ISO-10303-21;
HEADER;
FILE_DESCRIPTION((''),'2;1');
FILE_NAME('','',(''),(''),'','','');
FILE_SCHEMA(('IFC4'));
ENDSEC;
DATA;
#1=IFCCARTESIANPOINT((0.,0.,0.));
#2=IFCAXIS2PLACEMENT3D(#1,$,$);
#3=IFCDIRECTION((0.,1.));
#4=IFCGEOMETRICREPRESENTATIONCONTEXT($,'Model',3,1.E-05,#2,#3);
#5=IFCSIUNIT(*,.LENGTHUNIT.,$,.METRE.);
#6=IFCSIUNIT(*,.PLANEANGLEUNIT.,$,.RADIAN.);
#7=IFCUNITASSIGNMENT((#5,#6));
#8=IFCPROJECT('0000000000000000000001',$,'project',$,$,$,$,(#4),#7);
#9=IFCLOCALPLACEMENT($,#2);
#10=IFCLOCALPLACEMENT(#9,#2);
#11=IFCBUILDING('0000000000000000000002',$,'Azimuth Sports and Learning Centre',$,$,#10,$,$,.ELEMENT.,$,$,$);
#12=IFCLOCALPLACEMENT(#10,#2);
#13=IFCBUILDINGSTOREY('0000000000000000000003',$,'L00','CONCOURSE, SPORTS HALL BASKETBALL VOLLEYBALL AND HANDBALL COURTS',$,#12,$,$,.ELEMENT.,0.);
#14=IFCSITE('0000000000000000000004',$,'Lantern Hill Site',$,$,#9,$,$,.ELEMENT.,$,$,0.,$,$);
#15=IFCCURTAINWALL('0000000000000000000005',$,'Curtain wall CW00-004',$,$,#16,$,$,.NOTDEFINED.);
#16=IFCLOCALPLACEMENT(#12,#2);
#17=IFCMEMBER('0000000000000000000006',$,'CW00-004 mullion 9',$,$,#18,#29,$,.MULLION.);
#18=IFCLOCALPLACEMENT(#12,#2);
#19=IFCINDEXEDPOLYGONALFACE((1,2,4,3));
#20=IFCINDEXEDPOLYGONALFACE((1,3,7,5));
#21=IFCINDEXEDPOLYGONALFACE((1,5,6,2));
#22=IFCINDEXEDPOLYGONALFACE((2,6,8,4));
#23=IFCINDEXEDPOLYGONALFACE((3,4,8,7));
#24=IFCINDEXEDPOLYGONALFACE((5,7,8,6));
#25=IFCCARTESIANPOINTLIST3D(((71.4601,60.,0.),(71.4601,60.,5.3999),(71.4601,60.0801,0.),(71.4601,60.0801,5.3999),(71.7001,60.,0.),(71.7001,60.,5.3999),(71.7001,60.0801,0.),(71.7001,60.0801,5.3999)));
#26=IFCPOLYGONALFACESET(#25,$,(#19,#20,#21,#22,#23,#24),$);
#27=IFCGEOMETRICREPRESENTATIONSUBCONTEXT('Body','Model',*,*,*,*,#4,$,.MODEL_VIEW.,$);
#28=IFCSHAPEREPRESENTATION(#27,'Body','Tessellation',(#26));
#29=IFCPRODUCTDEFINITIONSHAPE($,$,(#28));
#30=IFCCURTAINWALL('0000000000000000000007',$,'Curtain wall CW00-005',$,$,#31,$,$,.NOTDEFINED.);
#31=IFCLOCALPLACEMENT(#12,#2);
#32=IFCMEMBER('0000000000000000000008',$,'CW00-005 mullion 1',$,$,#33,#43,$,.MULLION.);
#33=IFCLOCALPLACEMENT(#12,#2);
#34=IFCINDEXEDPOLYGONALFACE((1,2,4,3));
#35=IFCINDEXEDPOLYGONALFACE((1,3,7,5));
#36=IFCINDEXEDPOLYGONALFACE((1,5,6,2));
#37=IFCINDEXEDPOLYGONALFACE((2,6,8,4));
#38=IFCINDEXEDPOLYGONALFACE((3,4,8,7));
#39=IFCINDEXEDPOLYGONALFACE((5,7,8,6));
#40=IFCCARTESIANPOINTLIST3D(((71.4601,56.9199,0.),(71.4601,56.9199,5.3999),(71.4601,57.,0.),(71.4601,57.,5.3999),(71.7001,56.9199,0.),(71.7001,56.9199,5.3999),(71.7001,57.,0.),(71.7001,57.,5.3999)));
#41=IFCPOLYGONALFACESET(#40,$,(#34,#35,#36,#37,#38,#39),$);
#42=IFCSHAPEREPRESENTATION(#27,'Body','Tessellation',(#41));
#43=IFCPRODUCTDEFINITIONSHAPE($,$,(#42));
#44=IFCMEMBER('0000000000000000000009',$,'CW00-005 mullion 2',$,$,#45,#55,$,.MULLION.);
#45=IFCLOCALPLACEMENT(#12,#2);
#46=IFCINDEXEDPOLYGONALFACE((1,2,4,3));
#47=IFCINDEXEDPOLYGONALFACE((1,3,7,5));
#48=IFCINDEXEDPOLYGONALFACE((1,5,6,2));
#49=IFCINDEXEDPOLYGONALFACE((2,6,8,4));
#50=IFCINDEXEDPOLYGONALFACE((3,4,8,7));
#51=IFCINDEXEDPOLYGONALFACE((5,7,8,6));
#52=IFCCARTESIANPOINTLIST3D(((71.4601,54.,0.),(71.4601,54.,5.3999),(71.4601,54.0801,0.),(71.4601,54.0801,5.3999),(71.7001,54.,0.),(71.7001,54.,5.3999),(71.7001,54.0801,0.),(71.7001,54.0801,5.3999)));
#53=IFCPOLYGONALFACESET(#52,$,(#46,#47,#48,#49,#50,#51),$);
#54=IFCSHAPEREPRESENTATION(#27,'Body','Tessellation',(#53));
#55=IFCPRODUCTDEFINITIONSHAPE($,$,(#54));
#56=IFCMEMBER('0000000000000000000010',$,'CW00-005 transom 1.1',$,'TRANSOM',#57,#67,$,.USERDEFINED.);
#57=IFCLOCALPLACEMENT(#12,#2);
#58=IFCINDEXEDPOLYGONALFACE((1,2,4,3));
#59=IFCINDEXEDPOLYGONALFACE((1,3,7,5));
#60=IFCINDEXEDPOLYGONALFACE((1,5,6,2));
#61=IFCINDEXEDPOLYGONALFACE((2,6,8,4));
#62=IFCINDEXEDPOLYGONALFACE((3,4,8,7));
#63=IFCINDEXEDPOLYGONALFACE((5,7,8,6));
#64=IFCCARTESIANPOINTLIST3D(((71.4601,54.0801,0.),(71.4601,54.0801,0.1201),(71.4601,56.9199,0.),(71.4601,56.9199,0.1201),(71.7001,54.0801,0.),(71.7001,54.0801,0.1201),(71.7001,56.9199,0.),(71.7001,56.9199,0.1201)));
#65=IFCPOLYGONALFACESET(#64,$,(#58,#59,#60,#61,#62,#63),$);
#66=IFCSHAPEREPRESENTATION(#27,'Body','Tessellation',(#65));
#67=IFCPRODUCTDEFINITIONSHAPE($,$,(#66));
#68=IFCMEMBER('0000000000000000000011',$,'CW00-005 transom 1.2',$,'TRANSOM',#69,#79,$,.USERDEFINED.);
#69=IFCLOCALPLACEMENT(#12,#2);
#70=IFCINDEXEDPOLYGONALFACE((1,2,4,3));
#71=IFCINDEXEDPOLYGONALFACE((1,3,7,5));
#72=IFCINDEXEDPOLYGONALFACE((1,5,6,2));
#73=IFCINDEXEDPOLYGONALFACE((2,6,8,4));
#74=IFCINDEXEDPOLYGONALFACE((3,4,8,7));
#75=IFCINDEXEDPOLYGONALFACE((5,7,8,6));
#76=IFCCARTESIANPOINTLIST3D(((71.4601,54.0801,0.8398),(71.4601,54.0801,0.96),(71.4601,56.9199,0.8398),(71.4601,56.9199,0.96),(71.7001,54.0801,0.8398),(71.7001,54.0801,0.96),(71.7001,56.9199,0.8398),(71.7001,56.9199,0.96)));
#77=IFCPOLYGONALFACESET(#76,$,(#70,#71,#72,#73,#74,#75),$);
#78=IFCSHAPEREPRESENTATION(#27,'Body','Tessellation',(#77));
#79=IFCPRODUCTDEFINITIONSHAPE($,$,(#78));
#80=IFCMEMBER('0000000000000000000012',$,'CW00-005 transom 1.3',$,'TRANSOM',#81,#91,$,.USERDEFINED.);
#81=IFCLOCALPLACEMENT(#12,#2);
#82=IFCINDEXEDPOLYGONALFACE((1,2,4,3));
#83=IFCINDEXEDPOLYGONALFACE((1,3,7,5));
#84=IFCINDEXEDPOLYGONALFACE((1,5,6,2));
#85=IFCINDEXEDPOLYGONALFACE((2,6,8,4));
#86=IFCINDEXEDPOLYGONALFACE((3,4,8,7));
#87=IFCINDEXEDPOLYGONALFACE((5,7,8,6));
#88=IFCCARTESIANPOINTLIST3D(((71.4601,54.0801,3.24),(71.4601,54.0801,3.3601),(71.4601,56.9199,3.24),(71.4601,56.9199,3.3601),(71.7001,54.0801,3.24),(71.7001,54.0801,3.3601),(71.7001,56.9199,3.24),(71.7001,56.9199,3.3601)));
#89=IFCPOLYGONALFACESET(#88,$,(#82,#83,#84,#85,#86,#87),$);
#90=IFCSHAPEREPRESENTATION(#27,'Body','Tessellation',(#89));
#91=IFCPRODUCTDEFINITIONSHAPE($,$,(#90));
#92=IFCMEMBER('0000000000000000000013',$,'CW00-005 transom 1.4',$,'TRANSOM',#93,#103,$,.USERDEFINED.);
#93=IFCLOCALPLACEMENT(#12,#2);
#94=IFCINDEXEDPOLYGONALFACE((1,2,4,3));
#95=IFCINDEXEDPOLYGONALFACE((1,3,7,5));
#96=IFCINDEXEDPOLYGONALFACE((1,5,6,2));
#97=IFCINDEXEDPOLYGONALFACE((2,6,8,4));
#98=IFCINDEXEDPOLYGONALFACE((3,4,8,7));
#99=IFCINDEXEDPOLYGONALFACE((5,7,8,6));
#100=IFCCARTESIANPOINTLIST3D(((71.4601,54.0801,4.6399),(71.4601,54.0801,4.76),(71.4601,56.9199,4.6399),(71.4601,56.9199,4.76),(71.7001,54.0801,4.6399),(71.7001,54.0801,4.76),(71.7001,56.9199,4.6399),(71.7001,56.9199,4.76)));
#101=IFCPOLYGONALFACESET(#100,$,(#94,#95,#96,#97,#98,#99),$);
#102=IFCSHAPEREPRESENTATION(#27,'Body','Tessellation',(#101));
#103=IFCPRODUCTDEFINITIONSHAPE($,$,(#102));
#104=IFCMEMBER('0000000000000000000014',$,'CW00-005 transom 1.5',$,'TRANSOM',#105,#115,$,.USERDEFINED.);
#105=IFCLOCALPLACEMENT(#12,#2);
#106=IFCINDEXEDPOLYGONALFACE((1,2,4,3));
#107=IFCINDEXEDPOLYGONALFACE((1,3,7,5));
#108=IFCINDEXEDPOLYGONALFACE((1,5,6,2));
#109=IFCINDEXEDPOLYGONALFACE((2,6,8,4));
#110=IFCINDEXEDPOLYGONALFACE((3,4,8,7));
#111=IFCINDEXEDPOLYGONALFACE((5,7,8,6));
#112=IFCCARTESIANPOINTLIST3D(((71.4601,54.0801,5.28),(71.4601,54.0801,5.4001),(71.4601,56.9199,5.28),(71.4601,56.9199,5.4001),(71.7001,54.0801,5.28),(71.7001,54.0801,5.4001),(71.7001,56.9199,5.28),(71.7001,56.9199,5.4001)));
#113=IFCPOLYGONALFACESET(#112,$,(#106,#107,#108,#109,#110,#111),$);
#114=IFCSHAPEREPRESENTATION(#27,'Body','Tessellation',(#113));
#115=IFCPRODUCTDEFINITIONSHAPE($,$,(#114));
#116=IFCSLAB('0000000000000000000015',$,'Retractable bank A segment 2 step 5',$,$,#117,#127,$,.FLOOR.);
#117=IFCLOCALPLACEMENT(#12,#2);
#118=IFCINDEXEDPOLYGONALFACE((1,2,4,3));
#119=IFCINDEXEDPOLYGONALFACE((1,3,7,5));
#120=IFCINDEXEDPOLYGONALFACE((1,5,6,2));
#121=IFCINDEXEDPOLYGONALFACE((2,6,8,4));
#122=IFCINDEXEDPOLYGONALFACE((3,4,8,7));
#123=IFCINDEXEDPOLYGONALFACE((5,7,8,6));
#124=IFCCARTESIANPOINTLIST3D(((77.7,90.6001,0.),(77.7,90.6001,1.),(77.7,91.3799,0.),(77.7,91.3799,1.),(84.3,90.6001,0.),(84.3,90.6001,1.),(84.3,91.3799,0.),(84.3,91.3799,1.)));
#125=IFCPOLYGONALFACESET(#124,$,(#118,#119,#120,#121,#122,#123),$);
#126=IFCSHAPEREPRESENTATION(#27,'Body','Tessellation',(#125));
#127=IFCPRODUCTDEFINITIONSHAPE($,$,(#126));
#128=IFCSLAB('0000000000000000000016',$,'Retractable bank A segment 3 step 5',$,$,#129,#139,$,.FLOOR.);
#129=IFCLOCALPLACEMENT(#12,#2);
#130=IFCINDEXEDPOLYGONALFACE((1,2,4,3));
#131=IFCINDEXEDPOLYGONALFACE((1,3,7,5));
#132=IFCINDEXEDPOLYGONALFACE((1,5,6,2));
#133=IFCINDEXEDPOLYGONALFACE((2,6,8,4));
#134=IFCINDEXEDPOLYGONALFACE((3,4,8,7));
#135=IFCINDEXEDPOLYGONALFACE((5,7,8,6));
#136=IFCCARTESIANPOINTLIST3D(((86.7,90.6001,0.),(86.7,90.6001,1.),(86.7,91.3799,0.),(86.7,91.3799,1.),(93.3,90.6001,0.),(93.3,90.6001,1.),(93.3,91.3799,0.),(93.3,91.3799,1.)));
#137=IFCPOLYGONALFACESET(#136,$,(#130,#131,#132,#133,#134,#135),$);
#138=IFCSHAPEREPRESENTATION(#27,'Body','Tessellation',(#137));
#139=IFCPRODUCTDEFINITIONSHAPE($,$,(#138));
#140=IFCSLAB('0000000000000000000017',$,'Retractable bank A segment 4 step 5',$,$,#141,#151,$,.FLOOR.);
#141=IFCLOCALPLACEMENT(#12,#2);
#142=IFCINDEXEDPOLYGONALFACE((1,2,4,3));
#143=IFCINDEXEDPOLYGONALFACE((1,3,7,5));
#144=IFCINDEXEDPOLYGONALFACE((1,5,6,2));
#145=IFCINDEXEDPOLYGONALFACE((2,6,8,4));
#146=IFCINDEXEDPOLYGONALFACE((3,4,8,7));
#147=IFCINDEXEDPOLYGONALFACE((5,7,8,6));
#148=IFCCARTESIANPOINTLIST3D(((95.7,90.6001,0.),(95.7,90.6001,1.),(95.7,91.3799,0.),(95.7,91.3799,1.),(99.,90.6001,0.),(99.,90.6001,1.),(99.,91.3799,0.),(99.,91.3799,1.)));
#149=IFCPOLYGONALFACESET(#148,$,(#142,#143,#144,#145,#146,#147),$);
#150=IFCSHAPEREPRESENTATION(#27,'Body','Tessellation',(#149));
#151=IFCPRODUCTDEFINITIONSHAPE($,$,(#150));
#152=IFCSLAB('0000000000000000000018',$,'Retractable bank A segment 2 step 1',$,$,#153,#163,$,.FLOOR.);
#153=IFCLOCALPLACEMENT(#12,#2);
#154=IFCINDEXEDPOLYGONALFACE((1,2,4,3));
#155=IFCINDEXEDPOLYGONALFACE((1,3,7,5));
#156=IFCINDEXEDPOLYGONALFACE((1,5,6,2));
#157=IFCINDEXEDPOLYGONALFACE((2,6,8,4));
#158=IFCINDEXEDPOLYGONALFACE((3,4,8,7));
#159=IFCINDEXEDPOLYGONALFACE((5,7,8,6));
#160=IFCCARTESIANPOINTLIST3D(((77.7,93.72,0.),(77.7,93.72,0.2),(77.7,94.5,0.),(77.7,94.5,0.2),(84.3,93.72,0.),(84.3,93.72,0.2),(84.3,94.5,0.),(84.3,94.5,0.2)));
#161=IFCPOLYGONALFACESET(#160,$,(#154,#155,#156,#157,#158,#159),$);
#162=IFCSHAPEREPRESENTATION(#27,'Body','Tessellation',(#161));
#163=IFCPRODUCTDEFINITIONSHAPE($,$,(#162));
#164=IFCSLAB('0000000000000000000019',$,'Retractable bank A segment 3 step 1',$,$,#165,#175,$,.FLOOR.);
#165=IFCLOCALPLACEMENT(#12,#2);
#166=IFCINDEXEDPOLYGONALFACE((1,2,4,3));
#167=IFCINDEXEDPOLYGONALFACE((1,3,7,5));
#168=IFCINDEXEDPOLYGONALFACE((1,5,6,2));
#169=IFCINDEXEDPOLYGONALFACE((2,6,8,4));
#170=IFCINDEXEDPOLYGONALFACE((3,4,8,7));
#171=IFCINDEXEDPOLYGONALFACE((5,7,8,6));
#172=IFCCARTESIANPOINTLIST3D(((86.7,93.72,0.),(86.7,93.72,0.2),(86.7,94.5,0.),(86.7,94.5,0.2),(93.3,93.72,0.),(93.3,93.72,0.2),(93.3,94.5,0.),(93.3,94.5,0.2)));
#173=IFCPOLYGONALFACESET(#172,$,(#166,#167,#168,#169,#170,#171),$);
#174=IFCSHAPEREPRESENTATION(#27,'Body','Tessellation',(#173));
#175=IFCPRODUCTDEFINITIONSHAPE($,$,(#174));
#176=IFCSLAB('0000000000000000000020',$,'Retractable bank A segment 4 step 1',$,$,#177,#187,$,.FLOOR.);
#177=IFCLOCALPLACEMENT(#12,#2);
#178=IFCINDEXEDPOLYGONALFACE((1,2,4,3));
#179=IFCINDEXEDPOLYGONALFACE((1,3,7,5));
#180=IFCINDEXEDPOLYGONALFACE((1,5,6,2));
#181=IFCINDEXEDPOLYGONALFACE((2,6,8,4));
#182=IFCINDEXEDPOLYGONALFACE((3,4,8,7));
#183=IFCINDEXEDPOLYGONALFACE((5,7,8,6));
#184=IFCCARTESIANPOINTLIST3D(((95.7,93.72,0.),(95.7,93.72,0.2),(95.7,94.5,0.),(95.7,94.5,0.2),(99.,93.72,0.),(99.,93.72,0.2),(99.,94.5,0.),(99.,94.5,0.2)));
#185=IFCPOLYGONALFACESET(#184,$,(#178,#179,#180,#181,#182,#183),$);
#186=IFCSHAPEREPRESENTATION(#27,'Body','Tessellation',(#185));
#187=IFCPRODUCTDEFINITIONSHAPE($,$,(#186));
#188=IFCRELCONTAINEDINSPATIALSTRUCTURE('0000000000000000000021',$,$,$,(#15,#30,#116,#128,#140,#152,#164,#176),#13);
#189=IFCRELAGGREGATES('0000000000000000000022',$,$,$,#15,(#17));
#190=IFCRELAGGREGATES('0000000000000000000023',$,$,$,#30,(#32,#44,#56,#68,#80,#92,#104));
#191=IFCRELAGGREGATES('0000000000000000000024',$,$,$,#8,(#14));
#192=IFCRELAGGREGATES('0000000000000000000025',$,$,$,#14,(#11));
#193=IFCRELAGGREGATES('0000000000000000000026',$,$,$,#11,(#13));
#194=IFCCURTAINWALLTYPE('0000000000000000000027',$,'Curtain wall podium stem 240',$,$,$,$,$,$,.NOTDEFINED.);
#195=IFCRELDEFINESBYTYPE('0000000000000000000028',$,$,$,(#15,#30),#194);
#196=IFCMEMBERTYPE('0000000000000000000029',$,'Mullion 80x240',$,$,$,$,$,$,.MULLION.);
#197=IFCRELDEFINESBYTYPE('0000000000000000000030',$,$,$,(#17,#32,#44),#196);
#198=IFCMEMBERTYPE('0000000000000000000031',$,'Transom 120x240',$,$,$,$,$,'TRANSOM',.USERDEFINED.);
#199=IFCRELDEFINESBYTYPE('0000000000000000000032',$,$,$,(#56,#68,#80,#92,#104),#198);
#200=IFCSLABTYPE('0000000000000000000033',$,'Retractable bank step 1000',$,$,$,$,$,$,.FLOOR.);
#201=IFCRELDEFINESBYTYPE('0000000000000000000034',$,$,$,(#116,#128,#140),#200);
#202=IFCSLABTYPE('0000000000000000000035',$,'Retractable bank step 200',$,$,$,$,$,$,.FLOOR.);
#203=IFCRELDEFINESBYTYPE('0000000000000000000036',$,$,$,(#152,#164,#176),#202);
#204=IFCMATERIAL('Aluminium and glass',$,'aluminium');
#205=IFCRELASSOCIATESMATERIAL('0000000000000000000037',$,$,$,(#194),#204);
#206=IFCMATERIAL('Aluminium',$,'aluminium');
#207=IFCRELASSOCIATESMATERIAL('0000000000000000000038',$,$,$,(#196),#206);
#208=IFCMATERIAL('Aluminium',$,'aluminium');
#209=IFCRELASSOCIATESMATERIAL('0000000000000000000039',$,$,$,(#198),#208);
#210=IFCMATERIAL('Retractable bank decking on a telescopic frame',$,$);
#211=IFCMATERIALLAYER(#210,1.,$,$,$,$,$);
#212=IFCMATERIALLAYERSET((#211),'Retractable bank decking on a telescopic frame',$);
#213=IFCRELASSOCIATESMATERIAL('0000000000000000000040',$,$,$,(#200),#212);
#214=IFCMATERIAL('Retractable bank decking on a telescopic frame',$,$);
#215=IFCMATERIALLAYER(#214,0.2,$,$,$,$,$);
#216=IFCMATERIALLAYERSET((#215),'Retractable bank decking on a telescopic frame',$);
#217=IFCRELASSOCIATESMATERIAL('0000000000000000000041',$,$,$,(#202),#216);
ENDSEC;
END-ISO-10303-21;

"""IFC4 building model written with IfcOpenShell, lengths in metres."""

from ifc_helpers import new_model, si_unit, direction, frame, origin, origin_2d, place, context, subcontext, project, spatial, polyline, rectangle, outline, extrude, material, layer, layer_set, material_profile, profile_set, type_object, element, aggregate, save


model = new_model("IFC4")

# Units and contexts
model_context = context("Model", 3, precision=1e-05, world=origin(), true_north=direction((0.0, 1.0)))
body_context = subcontext(model_context, "Body", "Model", "MODEL_VIEW")
ifc_project = project(units=[si_unit("LENGTHUNIT", "METRE"), si_unit("PLANEANGLEUNIT", "RADIAN")], contexts=[model_context])

# Site, building, storey
site_placement = place(None, origin())
site = spatial("IfcSite", under=ifc_project, at=site_placement, Name="Lantern Hill Site", CompositionType="ELEMENT", RefElevation=0.0)
building_placement = place(site_placement, origin())
building = spatial("IfcBuilding", under=site, at=building_placement, Name="Azimuth Sports and Learning Centre", CompositionType="ELEMENT")
storey_placement = place(building_placement, origin())
storey = spatial("IfcBuildingStorey", under=building, at=storey_placement, Name="L00", Description="CONCOURSE, SPORTS HALL BASKETBALL VOLLEYBALL AND HANDBALL COURTS", CompositionType="ELEMENT", Elevation=0.0)

# Curtain wall, member
ifc_material_1 = material(Name="Aluminium and glass", Category="aluminium")
curtain_wall_type = type_object("IfcCurtainWallType", Name="Curtain wall podium stem 240", PredefinedType="NOTDEFINED", material=ifc_material_1)
curtain_wall_1_placement = place(storey_placement, origin())
curtain_wall_1 = element("IfcCurtainWall", 1, at=curtain_wall_1_placement, inside=storey, type_object=curtain_wall_type, Name="Curtain wall CW00-004", PredefinedType="NOTDEFINED")
ifc_material_2 = material(Name="Aluminium", Category="aluminium")
ifc_material_profile_1 = material_profile(ifc_material_2, rectangle(XDim=0.24, YDim=0.0801, at=origin_2d()), Name="Mullion 80x240")
ifc_profile_set_1 = profile_set([ifc_material_profile_1], Name="Aluminium")
member_type_1 = type_object("IfcMemberType", Name="Mullion 80x240", PredefinedType="MULLION", material=ifc_profile_set_1)
member_1_placement = place(storey_placement, frame((71.5801, 60.04, 0.0), z_axis=(0.0, 0.0, 1.0), x_axis=(1.0, 0.0, 0.0)))
member_1 = element("IfcMember", 2, at=member_1_placement, type_object=member_type_1, Name="CW00-004 mullion 9", PredefinedType="MULLION", context=body_context, shape_type="SweptSolid", body=[
    extrude(rectangle(XDim=0.24, YDim=0.0801, at=origin_2d()), origin(), (0.0, 0.0, 1.0), 5.3999),
])

# Curtain wall, members
curtain_wall_2_placement = place(storey_placement, origin())
curtain_wall_2 = element("IfcCurtainWall", 3, at=curtain_wall_2_placement, inside=storey, type_object=curtain_wall_type, Name="Curtain wall CW00-005", PredefinedType="NOTDEFINED")
member_2_placement = place(storey_placement, frame((71.5801, 56.96, 0.0), z_axis=(0.0, 0.0, 1.0), x_axis=(1.0, 0.0, 0.0)))
member_2 = element("IfcMember", 4, at=member_2_placement, type_object=member_type_1, Name="CW00-005 mullion 1", PredefinedType="MULLION", context=body_context, shape_type="SweptSolid", body=[
    extrude(rectangle(XDim=0.24, YDim=0.0801, at=origin_2d()), origin(), (0.0, 0.0, 1.0), 5.3999),
])
member_3_placement = place(storey_placement, frame((71.5801, 54.04, 0.0), z_axis=(0.0, 0.0, 1.0), x_axis=(1.0, 0.0, 0.0)))
member_3 = element("IfcMember", 5, at=member_3_placement, type_object=member_type_1, Name="CW00-005 mullion 2", PredefinedType="MULLION", context=body_context, shape_type="SweptSolid", body=[
    extrude(rectangle(XDim=0.24, YDim=0.0801, at=origin_2d()), origin(), (0.0, 0.0, 1.0), 5.3999),
])
ifc_material_3 = material(Name="Aluminium", Category="aluminium")
ifc_material_profile_2 = material_profile(ifc_material_3, rectangle(XDim=0.24, YDim=0.1201, at=origin_2d()), Name="Transom 120x240")
ifc_profile_set_2 = profile_set([ifc_material_profile_2], Name="Aluminium")
member_type_2 = type_object("IfcMemberType", Name="Transom 120x240", ElementType="TRANSOM", PredefinedType="USERDEFINED", material=ifc_profile_set_2)
member_4_placement = place(storey_placement, frame((71.5801, 56.9199, 0.0601), z_axis=(0.0, -1.0, 0.0), x_axis=(1.0, 0.0, 0.0)))
member_4 = element("IfcMember", 6, at=member_4_placement, type_object=member_type_2, Name="CW00-005 transom 1.1", ObjectType="TRANSOM", PredefinedType="USERDEFINED", context=body_context, shape_type="SweptSolid", body=[
    extrude(rectangle(XDim=0.24, YDim=0.1201, at=origin_2d()), origin(), (0.0, 0.0, 1.0), 2.8398),
])
member_5_placement = place(storey_placement, frame((71.5801, 56.9199, 0.8999), z_axis=(0.0, -1.0, 0.0), x_axis=(1.0, 0.0, 0.0)))
member_5 = element("IfcMember", 7, at=member_5_placement, type_object=member_type_2, Name="CW00-005 transom 1.2", ObjectType="TRANSOM", PredefinedType="USERDEFINED", context=body_context, shape_type="SweptSolid", body=[
    extrude(rectangle(XDim=0.24, YDim=0.1201, at=origin_2d()), origin(), (0.0, 0.0, 1.0), 2.8398),
])
member_6_placement = place(storey_placement, frame((71.5801, 56.9199, 3.3), z_axis=(0.0, -1.0, 0.0), x_axis=(1.0, 0.0, 0.0)))
member_6 = element("IfcMember", 8, at=member_6_placement, type_object=member_type_2, Name="CW00-005 transom 1.3", ObjectType="TRANSOM", PredefinedType="USERDEFINED", context=body_context, shape_type="SweptSolid", body=[
    extrude(rectangle(XDim=0.24, YDim=0.1201, at=origin_2d()), origin(), (0.0, 0.0, 1.0), 2.8398),
])
member_7_placement = place(storey_placement, frame((71.5801, 56.9199, 4.7), z_axis=(0.0, -1.0, 0.0), x_axis=(1.0, 0.0, 0.0)))
member_7 = element("IfcMember", 9, at=member_7_placement, type_object=member_type_2, Name="CW00-005 transom 1.4", ObjectType="TRANSOM", PredefinedType="USERDEFINED", context=body_context, shape_type="SweptSolid", body=[
    extrude(rectangle(XDim=0.24, YDim=0.1201, at=origin_2d()), origin(), (0.0, 0.0, 1.0), 2.8398),
])
member_8_placement = place(storey_placement, frame((71.5801, 56.9199, 5.3401), z_axis=(0.0, -1.0, 0.0), x_axis=(1.0, 0.0, 0.0)))
member_8 = element("IfcMember", 10, at=member_8_placement, type_object=member_type_2, Name="CW00-005 transom 1.5", ObjectType="TRANSOM", PredefinedType="USERDEFINED", context=body_context, shape_type="SweptSolid", body=[
    extrude(rectangle(XDim=0.24, YDim=0.1201, at=origin_2d()), origin(), (0.0, 0.0, 1.0), 2.8398),
])

# Slabs
ifc_material_4 = material(Name="Retractable bank decking on a telescopic frame")
ifc_layer_1 = layer(ifc_material_4, 1.0)
ifc_layer_set_1 = layer_set([ifc_layer_1], Name="Retractable bank decking on a telescopic frame")
slab_type_1 = type_object("IfcSlabType", Name="Retractable bank step 1000", PredefinedType="FLOOR", material=ifc_layer_set_1)
slab_1_placement = place(storey_placement, origin())
element("IfcSlab", 11, at=slab_1_placement, inside=storey, type_object=slab_type_1, Name="Retractable bank A segment 2 step 5", PredefinedType="FLOOR", context=body_context, shape_type="SweptSolid", body=[
    extrude(outline(polyline([(77.7, 90.6001), (84.3, 90.6001), (84.3, 91.3799), (77.7, 91.3799), (77.7, 90.6001)])), origin(), (0.0, 0.0, 1.0), 1.0),
])
slab_2_placement = place(storey_placement, origin())
element("IfcSlab", 12, at=slab_2_placement, inside=storey, type_object=slab_type_1, Name="Retractable bank A segment 3 step 5", PredefinedType="FLOOR", context=body_context, shape_type="SweptSolid", body=[
    extrude(outline(polyline([(86.7, 90.6001), (93.3, 90.6001), (93.3, 91.3799), (86.7, 91.3799), (86.7, 90.6001)])), origin(), (0.0, 0.0, 1.0), 1.0),
])
slab_3_placement = place(storey_placement, origin())
element("IfcSlab", 13, at=slab_3_placement, inside=storey, type_object=slab_type_1, Name="Retractable bank A segment 4 step 5", PredefinedType="FLOOR", context=body_context, shape_type="SweptSolid", body=[
    extrude(outline(polyline([(95.7, 90.6001), (99.0, 90.6001), (99.0, 91.3799), (95.7, 91.3799), (95.7, 90.6001)])), origin(), (0.0, 0.0, 1.0), 1.0),
])
ifc_material_5 = material(Name="Retractable bank decking on a telescopic frame")
ifc_layer_2 = layer(ifc_material_5, 0.2)
ifc_layer_set_2 = layer_set([ifc_layer_2], Name="Retractable bank decking on a telescopic frame")
slab_type_2 = type_object("IfcSlabType", Name="Retractable bank step 200", PredefinedType="FLOOR", material=ifc_layer_set_2)
slab_4_placement = place(storey_placement, origin())
element("IfcSlab", 14, at=slab_4_placement, inside=storey, type_object=slab_type_2, Name="Retractable bank A segment 2 step 1", PredefinedType="FLOOR", context=body_context, shape_type="SweptSolid", body=[
    extrude(outline(polyline([(77.7, 93.72), (84.3, 93.72), (84.3, 94.5), (77.7, 94.5), (77.7, 93.72)])), origin(), (0.0, 0.0, 1.0), 0.2),
])
slab_5_placement = place(storey_placement, origin())
element("IfcSlab", 15, at=slab_5_placement, inside=storey, type_object=slab_type_2, Name="Retractable bank A segment 3 step 1", PredefinedType="FLOOR", context=body_context, shape_type="SweptSolid", body=[
    extrude(outline(polyline([(86.7, 93.72), (93.3, 93.72), (93.3, 94.5), (86.7, 94.5), (86.7, 93.72)])), origin(), (0.0, 0.0, 1.0), 0.2),
])
slab_6_placement = place(storey_placement, origin())
element("IfcSlab", 16, at=slab_6_placement, inside=storey, type_object=slab_type_2, Name="Retractable bank A segment 4 step 1", PredefinedType="FLOOR", context=body_context, shape_type="SweptSolid", body=[
    extrude(outline(polyline([(95.7, 93.72), (99.0, 93.72), (99.0, 94.5), (95.7, 94.5), (95.7, 93.72)])), origin(), (0.0, 0.0, 1.0), 0.2),
])

aggregate(curtain_wall_1, [member_1])
aggregate(curtain_wall_2, [member_2, member_3, member_4, member_5, member_6, member_7, member_8])

save(model, "model.ifc")
